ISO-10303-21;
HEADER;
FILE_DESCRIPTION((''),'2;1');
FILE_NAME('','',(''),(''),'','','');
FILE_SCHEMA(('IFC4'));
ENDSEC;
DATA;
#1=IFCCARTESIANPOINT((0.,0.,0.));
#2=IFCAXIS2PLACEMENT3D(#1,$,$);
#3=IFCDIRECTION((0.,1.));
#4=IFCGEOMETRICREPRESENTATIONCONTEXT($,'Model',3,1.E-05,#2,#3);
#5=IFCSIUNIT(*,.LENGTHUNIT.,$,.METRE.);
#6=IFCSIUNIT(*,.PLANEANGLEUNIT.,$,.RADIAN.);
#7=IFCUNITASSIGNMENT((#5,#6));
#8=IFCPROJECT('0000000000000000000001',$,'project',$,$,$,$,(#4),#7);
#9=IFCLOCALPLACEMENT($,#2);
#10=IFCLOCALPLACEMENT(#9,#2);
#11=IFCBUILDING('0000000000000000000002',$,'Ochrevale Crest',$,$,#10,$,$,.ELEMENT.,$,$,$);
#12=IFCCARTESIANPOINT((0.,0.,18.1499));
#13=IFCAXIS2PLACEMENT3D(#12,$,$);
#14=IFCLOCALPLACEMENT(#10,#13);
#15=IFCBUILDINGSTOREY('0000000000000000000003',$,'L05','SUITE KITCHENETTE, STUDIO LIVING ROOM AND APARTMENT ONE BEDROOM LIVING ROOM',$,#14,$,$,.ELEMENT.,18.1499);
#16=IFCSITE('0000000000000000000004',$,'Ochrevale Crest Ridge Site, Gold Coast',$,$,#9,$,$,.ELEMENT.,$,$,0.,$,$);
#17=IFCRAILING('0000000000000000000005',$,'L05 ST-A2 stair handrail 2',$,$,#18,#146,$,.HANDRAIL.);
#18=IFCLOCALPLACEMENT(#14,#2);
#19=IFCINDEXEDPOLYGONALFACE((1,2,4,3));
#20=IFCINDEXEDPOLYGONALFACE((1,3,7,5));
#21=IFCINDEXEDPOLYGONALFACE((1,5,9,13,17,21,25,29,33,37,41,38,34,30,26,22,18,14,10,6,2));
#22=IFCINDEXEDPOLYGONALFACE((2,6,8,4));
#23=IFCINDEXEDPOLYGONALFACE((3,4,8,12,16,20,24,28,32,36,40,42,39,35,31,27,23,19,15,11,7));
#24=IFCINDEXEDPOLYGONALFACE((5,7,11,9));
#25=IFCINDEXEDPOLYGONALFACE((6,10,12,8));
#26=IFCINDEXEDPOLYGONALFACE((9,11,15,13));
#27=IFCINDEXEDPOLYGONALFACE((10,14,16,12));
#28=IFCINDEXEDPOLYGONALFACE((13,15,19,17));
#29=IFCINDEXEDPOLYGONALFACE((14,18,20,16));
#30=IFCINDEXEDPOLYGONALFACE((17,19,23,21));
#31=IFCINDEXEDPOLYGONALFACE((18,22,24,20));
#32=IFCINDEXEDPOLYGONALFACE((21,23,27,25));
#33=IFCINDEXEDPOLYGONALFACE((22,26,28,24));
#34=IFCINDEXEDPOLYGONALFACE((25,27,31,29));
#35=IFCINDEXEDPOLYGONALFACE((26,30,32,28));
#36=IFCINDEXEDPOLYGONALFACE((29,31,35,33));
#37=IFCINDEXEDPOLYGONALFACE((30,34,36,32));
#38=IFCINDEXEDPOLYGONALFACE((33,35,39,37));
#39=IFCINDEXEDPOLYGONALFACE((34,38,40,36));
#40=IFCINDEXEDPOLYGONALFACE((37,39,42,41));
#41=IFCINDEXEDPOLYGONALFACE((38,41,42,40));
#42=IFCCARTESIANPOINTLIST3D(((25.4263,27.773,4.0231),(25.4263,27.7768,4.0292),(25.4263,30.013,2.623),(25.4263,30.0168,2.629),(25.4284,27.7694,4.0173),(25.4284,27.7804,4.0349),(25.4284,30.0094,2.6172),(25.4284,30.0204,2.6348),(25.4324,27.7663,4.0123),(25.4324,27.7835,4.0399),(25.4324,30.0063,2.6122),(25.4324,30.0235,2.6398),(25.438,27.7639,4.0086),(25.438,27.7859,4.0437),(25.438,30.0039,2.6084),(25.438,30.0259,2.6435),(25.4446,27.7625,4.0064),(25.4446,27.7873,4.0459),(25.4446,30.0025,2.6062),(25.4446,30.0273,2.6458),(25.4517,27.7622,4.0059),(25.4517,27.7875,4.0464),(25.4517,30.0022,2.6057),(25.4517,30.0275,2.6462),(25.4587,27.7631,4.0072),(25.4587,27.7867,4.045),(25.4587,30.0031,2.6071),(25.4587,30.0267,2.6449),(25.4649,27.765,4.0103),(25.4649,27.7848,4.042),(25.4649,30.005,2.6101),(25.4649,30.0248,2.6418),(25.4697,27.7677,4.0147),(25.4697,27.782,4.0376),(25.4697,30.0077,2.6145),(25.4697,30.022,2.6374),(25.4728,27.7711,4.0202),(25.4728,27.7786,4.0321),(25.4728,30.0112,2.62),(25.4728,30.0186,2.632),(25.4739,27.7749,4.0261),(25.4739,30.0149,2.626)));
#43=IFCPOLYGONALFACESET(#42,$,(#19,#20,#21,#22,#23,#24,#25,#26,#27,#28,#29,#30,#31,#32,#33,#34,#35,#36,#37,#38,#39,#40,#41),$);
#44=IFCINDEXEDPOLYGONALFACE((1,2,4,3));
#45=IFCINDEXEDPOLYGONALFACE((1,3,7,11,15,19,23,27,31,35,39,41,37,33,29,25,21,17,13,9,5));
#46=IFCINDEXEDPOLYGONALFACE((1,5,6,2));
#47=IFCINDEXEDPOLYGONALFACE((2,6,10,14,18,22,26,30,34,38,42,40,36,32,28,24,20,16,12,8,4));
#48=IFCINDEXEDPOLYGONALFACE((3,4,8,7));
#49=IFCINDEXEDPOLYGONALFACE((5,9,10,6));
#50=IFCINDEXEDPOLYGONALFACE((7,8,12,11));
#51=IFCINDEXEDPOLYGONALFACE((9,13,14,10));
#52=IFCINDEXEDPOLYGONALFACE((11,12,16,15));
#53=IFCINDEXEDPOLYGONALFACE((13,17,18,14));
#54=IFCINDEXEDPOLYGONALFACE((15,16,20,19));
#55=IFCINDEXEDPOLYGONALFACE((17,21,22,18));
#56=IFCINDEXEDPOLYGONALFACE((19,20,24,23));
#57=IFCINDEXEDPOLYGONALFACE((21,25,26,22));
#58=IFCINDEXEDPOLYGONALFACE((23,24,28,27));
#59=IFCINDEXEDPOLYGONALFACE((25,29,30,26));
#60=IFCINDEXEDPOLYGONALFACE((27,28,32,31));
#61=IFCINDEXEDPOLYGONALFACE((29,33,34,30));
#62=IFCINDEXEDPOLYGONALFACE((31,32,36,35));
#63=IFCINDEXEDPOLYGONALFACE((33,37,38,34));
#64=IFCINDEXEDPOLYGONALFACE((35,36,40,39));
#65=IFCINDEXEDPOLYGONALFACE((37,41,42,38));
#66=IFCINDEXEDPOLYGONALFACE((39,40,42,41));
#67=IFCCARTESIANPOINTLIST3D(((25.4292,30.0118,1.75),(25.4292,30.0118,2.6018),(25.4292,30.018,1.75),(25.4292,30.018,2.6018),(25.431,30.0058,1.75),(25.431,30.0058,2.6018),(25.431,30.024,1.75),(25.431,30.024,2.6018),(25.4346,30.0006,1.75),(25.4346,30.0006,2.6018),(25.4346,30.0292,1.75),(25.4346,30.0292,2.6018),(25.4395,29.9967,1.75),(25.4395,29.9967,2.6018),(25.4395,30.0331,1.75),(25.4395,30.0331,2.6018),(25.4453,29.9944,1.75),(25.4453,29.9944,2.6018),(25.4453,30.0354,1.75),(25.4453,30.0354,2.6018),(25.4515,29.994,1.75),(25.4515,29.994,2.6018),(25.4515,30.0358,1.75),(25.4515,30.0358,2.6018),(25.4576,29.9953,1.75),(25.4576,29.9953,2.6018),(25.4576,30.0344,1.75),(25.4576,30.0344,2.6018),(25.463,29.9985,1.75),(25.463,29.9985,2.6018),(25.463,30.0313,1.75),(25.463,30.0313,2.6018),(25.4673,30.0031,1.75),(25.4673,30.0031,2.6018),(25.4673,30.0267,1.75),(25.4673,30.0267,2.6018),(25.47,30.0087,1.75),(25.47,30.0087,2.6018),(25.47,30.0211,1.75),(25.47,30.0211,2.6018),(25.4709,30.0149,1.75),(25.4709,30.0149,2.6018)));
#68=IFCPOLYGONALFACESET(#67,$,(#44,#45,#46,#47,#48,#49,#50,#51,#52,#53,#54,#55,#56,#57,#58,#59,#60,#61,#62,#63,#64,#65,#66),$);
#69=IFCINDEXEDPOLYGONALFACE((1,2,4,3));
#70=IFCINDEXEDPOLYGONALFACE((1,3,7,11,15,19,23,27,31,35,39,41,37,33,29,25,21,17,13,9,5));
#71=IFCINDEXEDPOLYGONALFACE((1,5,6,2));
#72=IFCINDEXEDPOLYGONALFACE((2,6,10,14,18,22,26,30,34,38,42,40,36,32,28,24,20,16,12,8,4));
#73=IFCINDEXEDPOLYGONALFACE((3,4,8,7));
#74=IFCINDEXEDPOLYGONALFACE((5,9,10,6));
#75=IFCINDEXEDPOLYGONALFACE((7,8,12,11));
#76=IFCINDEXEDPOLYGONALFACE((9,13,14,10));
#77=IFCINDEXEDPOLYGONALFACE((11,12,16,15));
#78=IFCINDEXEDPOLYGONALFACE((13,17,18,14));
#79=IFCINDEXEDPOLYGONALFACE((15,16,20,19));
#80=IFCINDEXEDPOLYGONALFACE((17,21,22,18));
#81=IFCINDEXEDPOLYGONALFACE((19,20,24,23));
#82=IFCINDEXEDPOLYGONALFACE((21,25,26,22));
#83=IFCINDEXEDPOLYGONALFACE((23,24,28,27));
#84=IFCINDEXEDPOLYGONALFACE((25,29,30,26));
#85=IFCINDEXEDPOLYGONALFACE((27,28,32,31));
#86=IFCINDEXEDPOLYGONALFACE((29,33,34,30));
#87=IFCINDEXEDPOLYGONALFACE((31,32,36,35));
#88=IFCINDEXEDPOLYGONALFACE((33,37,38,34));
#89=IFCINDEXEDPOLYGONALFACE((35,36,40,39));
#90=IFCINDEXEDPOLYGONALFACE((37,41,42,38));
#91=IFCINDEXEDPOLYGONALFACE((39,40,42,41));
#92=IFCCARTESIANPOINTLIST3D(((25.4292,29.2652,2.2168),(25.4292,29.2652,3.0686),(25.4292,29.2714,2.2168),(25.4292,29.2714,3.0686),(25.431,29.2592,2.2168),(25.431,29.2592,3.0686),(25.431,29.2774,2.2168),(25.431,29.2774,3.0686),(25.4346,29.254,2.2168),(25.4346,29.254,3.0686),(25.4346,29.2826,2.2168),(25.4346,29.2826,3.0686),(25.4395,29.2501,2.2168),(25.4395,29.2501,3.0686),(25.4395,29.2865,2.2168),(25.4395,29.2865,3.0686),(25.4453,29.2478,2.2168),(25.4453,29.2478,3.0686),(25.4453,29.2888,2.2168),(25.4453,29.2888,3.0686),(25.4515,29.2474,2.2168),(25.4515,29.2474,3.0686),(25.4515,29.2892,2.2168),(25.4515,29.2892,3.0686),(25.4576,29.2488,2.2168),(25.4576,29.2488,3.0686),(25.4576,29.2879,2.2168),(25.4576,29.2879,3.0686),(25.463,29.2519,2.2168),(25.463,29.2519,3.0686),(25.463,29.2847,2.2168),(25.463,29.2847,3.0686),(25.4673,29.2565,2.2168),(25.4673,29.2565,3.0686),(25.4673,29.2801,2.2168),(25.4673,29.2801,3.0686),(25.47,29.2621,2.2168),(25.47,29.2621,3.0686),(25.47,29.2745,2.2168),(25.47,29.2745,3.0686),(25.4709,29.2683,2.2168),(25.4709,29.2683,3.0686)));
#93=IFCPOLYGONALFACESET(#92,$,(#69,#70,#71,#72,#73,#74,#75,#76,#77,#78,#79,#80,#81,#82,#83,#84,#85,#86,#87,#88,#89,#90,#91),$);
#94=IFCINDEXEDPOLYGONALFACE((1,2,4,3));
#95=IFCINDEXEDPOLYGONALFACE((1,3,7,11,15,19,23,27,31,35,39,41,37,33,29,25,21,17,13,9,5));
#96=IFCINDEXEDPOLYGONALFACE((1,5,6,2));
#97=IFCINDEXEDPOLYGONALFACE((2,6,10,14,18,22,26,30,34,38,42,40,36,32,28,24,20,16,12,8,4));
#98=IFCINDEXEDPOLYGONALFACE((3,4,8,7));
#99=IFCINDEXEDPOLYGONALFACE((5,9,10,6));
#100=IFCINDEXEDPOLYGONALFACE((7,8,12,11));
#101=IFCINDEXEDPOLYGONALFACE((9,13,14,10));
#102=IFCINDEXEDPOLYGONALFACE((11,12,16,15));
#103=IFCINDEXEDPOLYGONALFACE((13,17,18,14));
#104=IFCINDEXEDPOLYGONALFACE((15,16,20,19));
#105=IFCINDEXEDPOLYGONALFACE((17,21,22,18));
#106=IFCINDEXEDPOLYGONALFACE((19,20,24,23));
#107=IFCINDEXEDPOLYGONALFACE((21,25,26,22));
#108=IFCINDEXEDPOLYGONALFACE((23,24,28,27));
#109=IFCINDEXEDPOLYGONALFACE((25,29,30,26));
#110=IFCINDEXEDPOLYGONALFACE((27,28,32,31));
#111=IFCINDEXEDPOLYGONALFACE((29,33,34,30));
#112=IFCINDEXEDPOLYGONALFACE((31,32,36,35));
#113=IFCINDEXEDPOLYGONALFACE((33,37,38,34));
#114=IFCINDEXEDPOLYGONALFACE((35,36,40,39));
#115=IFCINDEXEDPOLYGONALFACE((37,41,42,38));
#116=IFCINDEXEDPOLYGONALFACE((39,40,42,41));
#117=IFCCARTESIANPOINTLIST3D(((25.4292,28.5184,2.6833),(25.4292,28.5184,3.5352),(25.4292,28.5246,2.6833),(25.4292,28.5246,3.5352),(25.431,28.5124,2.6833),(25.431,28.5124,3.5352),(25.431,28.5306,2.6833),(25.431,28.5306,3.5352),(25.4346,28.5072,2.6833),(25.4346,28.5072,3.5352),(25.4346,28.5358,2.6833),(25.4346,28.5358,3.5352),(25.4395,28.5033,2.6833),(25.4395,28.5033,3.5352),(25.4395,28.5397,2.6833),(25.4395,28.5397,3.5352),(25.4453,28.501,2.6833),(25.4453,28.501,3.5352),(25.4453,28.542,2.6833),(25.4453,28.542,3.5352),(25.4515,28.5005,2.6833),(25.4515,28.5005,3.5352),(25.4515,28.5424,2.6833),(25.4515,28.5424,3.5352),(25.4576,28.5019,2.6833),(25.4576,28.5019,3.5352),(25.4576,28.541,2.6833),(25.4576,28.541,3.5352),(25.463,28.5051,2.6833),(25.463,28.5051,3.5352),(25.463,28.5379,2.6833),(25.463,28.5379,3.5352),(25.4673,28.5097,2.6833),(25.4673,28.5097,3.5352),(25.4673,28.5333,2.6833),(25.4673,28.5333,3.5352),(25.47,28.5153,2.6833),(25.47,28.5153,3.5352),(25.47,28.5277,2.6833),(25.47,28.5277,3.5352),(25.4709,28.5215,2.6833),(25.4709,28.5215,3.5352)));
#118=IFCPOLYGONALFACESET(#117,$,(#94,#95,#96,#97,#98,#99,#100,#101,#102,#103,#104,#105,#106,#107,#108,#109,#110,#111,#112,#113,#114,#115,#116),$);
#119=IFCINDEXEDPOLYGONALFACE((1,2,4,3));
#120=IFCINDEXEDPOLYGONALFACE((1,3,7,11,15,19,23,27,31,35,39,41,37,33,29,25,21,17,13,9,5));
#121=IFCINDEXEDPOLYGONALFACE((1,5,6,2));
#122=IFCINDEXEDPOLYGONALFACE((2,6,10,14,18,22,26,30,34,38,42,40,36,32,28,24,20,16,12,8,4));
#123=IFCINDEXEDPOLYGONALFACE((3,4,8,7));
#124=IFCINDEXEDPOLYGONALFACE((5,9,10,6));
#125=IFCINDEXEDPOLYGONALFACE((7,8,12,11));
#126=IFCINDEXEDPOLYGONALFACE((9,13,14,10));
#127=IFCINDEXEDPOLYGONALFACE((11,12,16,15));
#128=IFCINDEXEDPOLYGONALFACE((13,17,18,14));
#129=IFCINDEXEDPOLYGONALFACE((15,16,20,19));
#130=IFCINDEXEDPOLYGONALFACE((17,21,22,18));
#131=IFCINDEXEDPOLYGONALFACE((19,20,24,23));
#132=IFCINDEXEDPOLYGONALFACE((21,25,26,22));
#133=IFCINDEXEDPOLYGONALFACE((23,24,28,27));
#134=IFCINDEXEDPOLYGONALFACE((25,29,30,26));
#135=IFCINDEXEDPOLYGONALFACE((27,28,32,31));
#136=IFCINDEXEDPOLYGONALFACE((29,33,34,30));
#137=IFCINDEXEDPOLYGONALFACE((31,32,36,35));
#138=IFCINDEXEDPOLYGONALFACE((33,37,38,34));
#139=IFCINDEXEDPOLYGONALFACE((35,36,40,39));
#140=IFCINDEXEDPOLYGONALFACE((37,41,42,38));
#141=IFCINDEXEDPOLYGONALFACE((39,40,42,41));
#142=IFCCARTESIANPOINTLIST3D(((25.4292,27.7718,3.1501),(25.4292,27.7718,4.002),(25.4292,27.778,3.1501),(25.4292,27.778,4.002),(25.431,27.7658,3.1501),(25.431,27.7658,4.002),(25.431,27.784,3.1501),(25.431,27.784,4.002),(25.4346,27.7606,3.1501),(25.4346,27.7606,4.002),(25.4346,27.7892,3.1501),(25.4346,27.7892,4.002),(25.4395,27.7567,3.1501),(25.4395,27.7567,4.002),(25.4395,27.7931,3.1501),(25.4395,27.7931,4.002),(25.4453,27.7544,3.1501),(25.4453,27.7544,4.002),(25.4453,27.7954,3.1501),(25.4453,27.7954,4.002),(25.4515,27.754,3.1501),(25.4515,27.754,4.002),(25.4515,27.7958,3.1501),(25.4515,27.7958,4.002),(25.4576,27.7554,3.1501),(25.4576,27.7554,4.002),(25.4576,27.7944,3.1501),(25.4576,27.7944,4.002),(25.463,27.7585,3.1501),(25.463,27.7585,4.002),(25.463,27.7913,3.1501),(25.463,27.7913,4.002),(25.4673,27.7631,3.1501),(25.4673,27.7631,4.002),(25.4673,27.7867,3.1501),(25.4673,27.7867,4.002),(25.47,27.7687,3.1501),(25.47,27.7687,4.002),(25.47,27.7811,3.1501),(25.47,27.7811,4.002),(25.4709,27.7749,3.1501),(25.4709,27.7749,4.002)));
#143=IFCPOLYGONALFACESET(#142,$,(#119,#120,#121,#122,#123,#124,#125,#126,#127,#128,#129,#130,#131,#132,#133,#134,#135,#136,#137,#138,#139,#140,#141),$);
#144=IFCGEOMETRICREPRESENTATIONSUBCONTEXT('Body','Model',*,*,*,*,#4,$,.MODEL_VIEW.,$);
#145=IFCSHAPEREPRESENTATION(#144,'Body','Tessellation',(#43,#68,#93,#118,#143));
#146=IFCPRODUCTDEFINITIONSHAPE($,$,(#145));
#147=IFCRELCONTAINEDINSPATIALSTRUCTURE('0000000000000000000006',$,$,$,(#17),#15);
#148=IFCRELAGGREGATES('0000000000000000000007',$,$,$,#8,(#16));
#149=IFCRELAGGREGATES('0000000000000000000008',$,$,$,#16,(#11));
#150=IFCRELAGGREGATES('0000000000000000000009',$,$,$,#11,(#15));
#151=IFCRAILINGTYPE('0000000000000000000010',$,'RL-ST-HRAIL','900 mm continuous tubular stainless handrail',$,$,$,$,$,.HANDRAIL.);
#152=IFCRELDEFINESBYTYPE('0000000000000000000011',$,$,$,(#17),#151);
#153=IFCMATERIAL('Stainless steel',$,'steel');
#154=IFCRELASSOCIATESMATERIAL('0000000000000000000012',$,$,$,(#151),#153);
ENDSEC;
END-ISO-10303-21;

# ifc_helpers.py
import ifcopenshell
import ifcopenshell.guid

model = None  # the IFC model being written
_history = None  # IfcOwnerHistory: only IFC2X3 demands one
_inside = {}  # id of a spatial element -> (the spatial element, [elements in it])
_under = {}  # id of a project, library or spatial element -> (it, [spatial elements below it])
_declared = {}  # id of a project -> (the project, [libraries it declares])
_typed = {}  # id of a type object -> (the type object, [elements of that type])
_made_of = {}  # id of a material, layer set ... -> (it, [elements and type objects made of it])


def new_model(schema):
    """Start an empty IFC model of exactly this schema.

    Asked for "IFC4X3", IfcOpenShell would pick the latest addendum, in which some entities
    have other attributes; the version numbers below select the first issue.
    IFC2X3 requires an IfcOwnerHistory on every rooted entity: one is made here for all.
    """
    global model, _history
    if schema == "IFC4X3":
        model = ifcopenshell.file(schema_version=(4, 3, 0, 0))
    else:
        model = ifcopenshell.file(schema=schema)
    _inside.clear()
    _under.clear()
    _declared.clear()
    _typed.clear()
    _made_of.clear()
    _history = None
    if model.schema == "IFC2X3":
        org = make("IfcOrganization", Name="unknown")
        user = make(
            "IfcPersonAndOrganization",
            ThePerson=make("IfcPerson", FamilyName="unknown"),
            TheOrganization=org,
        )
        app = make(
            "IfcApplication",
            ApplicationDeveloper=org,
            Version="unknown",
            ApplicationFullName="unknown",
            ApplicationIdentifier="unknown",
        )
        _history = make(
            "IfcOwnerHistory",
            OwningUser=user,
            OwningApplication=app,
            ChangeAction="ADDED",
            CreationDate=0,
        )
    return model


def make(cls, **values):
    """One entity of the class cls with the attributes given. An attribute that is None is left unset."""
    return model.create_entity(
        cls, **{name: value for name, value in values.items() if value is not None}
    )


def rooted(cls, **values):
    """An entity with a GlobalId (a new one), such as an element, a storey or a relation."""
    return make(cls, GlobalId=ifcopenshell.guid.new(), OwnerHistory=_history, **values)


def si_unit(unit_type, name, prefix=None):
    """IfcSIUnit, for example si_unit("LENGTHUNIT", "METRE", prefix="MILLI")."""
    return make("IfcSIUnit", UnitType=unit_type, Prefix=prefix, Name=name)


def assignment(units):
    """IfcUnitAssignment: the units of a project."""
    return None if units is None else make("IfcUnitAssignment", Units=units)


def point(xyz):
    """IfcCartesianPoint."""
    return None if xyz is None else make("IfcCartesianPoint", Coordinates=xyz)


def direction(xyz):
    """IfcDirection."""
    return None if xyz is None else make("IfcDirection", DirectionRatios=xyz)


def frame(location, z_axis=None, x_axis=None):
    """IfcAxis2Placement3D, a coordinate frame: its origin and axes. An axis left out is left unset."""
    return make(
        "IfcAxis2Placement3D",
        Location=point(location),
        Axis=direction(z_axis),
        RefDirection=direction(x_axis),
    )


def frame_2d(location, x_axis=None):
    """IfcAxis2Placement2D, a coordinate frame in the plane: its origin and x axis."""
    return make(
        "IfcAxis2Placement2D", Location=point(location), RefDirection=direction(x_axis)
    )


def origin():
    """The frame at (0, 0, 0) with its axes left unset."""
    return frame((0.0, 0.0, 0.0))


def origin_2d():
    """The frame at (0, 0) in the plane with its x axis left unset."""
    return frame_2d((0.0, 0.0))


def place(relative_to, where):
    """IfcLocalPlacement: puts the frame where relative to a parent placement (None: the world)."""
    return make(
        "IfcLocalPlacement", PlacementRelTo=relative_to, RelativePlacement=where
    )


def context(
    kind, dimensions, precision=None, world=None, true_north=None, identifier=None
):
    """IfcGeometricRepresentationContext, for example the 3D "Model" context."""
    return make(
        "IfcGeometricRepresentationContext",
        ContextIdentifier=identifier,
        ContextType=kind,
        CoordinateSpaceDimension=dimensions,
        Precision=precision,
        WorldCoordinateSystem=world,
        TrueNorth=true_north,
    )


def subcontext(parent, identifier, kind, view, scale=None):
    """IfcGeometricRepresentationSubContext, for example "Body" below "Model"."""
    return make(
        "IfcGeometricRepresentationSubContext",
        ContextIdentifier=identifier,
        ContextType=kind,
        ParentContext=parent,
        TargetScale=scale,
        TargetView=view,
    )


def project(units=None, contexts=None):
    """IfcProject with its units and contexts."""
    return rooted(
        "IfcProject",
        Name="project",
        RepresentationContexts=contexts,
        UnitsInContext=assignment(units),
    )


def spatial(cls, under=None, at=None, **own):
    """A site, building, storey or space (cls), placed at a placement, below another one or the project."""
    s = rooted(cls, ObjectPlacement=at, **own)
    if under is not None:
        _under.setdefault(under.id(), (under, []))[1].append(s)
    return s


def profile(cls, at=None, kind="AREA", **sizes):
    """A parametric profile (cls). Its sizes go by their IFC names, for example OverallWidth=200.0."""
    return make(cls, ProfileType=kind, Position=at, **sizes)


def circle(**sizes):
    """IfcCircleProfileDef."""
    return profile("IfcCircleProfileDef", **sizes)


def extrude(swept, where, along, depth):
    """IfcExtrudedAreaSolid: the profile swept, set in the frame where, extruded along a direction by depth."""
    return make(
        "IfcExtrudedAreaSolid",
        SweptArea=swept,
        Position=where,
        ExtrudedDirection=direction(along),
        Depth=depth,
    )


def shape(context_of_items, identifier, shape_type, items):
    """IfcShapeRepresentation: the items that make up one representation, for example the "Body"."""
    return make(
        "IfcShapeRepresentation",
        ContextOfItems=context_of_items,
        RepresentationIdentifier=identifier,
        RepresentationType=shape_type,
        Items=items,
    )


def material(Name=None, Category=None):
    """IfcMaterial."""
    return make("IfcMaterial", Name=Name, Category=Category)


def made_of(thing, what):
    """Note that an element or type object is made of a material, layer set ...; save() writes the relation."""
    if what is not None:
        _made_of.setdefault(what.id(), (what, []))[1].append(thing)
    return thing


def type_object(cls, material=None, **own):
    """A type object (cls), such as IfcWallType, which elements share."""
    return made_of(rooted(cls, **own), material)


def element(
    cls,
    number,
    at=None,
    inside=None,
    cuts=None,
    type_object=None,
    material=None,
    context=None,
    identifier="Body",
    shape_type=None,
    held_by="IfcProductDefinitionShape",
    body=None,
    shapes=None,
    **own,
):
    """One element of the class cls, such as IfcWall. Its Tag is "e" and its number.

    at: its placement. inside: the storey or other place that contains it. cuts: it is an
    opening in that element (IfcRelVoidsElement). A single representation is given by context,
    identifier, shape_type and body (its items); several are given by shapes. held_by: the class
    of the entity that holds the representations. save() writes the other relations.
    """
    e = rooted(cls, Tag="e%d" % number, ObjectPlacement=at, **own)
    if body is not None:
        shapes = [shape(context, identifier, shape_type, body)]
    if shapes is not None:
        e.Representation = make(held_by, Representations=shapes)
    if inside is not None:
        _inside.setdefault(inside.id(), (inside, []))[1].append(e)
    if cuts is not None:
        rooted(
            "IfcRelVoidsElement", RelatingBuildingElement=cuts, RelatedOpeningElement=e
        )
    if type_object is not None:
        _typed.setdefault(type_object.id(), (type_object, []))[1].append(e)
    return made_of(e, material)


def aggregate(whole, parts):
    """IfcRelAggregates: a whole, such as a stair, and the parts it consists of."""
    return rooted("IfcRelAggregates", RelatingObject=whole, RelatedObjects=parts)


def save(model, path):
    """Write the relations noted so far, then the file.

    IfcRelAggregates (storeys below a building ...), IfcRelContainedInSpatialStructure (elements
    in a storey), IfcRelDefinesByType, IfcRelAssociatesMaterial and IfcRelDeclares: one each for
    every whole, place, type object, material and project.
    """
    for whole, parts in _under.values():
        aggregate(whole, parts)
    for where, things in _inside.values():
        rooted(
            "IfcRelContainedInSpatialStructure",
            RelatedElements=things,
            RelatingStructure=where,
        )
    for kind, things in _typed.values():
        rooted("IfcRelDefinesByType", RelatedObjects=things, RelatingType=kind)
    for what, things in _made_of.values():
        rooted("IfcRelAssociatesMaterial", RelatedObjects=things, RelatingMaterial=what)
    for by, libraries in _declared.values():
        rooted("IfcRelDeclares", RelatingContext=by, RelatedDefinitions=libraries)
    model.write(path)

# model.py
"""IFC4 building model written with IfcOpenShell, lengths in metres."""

from ifc_helpers import new_model, si_unit, direction, frame, origin, origin_2d, place, context, subcontext, project, spatial, circle, extrude, material, type_object, element, save


model = new_model("IFC4")

# Units and contexts
model_context = context("Model", 3, precision=1e-05, world=origin(), true_north=direction((0.0, 1.0)))
body_context = subcontext(model_context, "Body", "Model", "MODEL_VIEW")
ifc_project = project(units=[si_unit("LENGTHUNIT", "METRE"), si_unit("PLANEANGLEUNIT", "RADIAN")], contexts=[model_context])

# Site, building, storey
site_placement = place(None, origin())
site = spatial("IfcSite", under=ifc_project, at=site_placement, Name="Ochrevale Crest Ridge Site, Gold Coast", CompositionType="ELEMENT", RefElevation=0.0)
building_placement = place(site_placement, origin())
building = spatial("IfcBuilding", under=site, at=building_placement, Name="Ochrevale Crest", CompositionType="ELEMENT")
storey_placement = place(building_placement, frame((0.0, 0.0, 18.1499)))
storey = spatial("IfcBuildingStorey", under=building, at=storey_placement, Name="L05", Description="SUITE KITCHENETTE, STUDIO LIVING ROOM AND APARTMENT ONE BEDROOM LIVING ROOM", CompositionType="ELEMENT", Elevation=18.1499)

# Railing
ifc_material_1 = material(Name="Stainless steel", Category="steel")
railing_type_1 = type_object("IfcRailingType", Name="RL-ST-HRAIL", Description="900 mm continuous tubular stainless handrail", PredefinedType="HANDRAIL", material=ifc_material_1)
railing_1_placement = place(storey_placement, frame((25.45, 30.0149, 1.75)))
element("IfcRailing", 1, at=railing_1_placement, inside=storey, type_object=railing_type_1, Name="L05 ST-A2 stair handrail 2", PredefinedType="HANDRAIL", context=body_context, shape_type="SweptSolid", body=[
    extrude(circle(Radius=0.0239, at=origin_2d()), frame((0.0, 0.0, 0.876), z_axis=(0.0, -0.847972, 0.53004), x_axis=(1.0, 0.0, 0.0)), (0.0, 0.0, 1.0), 2.6416),
    extrude(circle(Radius=0.021, at=origin_2d()), origin(), (0.0, 0.0, 1.0), 0.8518),
    extrude(circle(Radius=0.021, at=origin_2d()), frame((0.0, -0.7466, 0.4668)), (0.0, 0.0, 1.0), 0.8518),
    extrude(circle(Radius=0.021, at=origin_2d()), frame((0.0, -1.4934, 0.9333)), (0.0, 0.0, 1.0), 0.8518),
    extrude(circle(Radius=0.021, at=origin_2d()), frame((0.0, -2.24, 1.4001)), (0.0, 0.0, 1.0), 0.8518),
])

save(model, "model.ifc")
